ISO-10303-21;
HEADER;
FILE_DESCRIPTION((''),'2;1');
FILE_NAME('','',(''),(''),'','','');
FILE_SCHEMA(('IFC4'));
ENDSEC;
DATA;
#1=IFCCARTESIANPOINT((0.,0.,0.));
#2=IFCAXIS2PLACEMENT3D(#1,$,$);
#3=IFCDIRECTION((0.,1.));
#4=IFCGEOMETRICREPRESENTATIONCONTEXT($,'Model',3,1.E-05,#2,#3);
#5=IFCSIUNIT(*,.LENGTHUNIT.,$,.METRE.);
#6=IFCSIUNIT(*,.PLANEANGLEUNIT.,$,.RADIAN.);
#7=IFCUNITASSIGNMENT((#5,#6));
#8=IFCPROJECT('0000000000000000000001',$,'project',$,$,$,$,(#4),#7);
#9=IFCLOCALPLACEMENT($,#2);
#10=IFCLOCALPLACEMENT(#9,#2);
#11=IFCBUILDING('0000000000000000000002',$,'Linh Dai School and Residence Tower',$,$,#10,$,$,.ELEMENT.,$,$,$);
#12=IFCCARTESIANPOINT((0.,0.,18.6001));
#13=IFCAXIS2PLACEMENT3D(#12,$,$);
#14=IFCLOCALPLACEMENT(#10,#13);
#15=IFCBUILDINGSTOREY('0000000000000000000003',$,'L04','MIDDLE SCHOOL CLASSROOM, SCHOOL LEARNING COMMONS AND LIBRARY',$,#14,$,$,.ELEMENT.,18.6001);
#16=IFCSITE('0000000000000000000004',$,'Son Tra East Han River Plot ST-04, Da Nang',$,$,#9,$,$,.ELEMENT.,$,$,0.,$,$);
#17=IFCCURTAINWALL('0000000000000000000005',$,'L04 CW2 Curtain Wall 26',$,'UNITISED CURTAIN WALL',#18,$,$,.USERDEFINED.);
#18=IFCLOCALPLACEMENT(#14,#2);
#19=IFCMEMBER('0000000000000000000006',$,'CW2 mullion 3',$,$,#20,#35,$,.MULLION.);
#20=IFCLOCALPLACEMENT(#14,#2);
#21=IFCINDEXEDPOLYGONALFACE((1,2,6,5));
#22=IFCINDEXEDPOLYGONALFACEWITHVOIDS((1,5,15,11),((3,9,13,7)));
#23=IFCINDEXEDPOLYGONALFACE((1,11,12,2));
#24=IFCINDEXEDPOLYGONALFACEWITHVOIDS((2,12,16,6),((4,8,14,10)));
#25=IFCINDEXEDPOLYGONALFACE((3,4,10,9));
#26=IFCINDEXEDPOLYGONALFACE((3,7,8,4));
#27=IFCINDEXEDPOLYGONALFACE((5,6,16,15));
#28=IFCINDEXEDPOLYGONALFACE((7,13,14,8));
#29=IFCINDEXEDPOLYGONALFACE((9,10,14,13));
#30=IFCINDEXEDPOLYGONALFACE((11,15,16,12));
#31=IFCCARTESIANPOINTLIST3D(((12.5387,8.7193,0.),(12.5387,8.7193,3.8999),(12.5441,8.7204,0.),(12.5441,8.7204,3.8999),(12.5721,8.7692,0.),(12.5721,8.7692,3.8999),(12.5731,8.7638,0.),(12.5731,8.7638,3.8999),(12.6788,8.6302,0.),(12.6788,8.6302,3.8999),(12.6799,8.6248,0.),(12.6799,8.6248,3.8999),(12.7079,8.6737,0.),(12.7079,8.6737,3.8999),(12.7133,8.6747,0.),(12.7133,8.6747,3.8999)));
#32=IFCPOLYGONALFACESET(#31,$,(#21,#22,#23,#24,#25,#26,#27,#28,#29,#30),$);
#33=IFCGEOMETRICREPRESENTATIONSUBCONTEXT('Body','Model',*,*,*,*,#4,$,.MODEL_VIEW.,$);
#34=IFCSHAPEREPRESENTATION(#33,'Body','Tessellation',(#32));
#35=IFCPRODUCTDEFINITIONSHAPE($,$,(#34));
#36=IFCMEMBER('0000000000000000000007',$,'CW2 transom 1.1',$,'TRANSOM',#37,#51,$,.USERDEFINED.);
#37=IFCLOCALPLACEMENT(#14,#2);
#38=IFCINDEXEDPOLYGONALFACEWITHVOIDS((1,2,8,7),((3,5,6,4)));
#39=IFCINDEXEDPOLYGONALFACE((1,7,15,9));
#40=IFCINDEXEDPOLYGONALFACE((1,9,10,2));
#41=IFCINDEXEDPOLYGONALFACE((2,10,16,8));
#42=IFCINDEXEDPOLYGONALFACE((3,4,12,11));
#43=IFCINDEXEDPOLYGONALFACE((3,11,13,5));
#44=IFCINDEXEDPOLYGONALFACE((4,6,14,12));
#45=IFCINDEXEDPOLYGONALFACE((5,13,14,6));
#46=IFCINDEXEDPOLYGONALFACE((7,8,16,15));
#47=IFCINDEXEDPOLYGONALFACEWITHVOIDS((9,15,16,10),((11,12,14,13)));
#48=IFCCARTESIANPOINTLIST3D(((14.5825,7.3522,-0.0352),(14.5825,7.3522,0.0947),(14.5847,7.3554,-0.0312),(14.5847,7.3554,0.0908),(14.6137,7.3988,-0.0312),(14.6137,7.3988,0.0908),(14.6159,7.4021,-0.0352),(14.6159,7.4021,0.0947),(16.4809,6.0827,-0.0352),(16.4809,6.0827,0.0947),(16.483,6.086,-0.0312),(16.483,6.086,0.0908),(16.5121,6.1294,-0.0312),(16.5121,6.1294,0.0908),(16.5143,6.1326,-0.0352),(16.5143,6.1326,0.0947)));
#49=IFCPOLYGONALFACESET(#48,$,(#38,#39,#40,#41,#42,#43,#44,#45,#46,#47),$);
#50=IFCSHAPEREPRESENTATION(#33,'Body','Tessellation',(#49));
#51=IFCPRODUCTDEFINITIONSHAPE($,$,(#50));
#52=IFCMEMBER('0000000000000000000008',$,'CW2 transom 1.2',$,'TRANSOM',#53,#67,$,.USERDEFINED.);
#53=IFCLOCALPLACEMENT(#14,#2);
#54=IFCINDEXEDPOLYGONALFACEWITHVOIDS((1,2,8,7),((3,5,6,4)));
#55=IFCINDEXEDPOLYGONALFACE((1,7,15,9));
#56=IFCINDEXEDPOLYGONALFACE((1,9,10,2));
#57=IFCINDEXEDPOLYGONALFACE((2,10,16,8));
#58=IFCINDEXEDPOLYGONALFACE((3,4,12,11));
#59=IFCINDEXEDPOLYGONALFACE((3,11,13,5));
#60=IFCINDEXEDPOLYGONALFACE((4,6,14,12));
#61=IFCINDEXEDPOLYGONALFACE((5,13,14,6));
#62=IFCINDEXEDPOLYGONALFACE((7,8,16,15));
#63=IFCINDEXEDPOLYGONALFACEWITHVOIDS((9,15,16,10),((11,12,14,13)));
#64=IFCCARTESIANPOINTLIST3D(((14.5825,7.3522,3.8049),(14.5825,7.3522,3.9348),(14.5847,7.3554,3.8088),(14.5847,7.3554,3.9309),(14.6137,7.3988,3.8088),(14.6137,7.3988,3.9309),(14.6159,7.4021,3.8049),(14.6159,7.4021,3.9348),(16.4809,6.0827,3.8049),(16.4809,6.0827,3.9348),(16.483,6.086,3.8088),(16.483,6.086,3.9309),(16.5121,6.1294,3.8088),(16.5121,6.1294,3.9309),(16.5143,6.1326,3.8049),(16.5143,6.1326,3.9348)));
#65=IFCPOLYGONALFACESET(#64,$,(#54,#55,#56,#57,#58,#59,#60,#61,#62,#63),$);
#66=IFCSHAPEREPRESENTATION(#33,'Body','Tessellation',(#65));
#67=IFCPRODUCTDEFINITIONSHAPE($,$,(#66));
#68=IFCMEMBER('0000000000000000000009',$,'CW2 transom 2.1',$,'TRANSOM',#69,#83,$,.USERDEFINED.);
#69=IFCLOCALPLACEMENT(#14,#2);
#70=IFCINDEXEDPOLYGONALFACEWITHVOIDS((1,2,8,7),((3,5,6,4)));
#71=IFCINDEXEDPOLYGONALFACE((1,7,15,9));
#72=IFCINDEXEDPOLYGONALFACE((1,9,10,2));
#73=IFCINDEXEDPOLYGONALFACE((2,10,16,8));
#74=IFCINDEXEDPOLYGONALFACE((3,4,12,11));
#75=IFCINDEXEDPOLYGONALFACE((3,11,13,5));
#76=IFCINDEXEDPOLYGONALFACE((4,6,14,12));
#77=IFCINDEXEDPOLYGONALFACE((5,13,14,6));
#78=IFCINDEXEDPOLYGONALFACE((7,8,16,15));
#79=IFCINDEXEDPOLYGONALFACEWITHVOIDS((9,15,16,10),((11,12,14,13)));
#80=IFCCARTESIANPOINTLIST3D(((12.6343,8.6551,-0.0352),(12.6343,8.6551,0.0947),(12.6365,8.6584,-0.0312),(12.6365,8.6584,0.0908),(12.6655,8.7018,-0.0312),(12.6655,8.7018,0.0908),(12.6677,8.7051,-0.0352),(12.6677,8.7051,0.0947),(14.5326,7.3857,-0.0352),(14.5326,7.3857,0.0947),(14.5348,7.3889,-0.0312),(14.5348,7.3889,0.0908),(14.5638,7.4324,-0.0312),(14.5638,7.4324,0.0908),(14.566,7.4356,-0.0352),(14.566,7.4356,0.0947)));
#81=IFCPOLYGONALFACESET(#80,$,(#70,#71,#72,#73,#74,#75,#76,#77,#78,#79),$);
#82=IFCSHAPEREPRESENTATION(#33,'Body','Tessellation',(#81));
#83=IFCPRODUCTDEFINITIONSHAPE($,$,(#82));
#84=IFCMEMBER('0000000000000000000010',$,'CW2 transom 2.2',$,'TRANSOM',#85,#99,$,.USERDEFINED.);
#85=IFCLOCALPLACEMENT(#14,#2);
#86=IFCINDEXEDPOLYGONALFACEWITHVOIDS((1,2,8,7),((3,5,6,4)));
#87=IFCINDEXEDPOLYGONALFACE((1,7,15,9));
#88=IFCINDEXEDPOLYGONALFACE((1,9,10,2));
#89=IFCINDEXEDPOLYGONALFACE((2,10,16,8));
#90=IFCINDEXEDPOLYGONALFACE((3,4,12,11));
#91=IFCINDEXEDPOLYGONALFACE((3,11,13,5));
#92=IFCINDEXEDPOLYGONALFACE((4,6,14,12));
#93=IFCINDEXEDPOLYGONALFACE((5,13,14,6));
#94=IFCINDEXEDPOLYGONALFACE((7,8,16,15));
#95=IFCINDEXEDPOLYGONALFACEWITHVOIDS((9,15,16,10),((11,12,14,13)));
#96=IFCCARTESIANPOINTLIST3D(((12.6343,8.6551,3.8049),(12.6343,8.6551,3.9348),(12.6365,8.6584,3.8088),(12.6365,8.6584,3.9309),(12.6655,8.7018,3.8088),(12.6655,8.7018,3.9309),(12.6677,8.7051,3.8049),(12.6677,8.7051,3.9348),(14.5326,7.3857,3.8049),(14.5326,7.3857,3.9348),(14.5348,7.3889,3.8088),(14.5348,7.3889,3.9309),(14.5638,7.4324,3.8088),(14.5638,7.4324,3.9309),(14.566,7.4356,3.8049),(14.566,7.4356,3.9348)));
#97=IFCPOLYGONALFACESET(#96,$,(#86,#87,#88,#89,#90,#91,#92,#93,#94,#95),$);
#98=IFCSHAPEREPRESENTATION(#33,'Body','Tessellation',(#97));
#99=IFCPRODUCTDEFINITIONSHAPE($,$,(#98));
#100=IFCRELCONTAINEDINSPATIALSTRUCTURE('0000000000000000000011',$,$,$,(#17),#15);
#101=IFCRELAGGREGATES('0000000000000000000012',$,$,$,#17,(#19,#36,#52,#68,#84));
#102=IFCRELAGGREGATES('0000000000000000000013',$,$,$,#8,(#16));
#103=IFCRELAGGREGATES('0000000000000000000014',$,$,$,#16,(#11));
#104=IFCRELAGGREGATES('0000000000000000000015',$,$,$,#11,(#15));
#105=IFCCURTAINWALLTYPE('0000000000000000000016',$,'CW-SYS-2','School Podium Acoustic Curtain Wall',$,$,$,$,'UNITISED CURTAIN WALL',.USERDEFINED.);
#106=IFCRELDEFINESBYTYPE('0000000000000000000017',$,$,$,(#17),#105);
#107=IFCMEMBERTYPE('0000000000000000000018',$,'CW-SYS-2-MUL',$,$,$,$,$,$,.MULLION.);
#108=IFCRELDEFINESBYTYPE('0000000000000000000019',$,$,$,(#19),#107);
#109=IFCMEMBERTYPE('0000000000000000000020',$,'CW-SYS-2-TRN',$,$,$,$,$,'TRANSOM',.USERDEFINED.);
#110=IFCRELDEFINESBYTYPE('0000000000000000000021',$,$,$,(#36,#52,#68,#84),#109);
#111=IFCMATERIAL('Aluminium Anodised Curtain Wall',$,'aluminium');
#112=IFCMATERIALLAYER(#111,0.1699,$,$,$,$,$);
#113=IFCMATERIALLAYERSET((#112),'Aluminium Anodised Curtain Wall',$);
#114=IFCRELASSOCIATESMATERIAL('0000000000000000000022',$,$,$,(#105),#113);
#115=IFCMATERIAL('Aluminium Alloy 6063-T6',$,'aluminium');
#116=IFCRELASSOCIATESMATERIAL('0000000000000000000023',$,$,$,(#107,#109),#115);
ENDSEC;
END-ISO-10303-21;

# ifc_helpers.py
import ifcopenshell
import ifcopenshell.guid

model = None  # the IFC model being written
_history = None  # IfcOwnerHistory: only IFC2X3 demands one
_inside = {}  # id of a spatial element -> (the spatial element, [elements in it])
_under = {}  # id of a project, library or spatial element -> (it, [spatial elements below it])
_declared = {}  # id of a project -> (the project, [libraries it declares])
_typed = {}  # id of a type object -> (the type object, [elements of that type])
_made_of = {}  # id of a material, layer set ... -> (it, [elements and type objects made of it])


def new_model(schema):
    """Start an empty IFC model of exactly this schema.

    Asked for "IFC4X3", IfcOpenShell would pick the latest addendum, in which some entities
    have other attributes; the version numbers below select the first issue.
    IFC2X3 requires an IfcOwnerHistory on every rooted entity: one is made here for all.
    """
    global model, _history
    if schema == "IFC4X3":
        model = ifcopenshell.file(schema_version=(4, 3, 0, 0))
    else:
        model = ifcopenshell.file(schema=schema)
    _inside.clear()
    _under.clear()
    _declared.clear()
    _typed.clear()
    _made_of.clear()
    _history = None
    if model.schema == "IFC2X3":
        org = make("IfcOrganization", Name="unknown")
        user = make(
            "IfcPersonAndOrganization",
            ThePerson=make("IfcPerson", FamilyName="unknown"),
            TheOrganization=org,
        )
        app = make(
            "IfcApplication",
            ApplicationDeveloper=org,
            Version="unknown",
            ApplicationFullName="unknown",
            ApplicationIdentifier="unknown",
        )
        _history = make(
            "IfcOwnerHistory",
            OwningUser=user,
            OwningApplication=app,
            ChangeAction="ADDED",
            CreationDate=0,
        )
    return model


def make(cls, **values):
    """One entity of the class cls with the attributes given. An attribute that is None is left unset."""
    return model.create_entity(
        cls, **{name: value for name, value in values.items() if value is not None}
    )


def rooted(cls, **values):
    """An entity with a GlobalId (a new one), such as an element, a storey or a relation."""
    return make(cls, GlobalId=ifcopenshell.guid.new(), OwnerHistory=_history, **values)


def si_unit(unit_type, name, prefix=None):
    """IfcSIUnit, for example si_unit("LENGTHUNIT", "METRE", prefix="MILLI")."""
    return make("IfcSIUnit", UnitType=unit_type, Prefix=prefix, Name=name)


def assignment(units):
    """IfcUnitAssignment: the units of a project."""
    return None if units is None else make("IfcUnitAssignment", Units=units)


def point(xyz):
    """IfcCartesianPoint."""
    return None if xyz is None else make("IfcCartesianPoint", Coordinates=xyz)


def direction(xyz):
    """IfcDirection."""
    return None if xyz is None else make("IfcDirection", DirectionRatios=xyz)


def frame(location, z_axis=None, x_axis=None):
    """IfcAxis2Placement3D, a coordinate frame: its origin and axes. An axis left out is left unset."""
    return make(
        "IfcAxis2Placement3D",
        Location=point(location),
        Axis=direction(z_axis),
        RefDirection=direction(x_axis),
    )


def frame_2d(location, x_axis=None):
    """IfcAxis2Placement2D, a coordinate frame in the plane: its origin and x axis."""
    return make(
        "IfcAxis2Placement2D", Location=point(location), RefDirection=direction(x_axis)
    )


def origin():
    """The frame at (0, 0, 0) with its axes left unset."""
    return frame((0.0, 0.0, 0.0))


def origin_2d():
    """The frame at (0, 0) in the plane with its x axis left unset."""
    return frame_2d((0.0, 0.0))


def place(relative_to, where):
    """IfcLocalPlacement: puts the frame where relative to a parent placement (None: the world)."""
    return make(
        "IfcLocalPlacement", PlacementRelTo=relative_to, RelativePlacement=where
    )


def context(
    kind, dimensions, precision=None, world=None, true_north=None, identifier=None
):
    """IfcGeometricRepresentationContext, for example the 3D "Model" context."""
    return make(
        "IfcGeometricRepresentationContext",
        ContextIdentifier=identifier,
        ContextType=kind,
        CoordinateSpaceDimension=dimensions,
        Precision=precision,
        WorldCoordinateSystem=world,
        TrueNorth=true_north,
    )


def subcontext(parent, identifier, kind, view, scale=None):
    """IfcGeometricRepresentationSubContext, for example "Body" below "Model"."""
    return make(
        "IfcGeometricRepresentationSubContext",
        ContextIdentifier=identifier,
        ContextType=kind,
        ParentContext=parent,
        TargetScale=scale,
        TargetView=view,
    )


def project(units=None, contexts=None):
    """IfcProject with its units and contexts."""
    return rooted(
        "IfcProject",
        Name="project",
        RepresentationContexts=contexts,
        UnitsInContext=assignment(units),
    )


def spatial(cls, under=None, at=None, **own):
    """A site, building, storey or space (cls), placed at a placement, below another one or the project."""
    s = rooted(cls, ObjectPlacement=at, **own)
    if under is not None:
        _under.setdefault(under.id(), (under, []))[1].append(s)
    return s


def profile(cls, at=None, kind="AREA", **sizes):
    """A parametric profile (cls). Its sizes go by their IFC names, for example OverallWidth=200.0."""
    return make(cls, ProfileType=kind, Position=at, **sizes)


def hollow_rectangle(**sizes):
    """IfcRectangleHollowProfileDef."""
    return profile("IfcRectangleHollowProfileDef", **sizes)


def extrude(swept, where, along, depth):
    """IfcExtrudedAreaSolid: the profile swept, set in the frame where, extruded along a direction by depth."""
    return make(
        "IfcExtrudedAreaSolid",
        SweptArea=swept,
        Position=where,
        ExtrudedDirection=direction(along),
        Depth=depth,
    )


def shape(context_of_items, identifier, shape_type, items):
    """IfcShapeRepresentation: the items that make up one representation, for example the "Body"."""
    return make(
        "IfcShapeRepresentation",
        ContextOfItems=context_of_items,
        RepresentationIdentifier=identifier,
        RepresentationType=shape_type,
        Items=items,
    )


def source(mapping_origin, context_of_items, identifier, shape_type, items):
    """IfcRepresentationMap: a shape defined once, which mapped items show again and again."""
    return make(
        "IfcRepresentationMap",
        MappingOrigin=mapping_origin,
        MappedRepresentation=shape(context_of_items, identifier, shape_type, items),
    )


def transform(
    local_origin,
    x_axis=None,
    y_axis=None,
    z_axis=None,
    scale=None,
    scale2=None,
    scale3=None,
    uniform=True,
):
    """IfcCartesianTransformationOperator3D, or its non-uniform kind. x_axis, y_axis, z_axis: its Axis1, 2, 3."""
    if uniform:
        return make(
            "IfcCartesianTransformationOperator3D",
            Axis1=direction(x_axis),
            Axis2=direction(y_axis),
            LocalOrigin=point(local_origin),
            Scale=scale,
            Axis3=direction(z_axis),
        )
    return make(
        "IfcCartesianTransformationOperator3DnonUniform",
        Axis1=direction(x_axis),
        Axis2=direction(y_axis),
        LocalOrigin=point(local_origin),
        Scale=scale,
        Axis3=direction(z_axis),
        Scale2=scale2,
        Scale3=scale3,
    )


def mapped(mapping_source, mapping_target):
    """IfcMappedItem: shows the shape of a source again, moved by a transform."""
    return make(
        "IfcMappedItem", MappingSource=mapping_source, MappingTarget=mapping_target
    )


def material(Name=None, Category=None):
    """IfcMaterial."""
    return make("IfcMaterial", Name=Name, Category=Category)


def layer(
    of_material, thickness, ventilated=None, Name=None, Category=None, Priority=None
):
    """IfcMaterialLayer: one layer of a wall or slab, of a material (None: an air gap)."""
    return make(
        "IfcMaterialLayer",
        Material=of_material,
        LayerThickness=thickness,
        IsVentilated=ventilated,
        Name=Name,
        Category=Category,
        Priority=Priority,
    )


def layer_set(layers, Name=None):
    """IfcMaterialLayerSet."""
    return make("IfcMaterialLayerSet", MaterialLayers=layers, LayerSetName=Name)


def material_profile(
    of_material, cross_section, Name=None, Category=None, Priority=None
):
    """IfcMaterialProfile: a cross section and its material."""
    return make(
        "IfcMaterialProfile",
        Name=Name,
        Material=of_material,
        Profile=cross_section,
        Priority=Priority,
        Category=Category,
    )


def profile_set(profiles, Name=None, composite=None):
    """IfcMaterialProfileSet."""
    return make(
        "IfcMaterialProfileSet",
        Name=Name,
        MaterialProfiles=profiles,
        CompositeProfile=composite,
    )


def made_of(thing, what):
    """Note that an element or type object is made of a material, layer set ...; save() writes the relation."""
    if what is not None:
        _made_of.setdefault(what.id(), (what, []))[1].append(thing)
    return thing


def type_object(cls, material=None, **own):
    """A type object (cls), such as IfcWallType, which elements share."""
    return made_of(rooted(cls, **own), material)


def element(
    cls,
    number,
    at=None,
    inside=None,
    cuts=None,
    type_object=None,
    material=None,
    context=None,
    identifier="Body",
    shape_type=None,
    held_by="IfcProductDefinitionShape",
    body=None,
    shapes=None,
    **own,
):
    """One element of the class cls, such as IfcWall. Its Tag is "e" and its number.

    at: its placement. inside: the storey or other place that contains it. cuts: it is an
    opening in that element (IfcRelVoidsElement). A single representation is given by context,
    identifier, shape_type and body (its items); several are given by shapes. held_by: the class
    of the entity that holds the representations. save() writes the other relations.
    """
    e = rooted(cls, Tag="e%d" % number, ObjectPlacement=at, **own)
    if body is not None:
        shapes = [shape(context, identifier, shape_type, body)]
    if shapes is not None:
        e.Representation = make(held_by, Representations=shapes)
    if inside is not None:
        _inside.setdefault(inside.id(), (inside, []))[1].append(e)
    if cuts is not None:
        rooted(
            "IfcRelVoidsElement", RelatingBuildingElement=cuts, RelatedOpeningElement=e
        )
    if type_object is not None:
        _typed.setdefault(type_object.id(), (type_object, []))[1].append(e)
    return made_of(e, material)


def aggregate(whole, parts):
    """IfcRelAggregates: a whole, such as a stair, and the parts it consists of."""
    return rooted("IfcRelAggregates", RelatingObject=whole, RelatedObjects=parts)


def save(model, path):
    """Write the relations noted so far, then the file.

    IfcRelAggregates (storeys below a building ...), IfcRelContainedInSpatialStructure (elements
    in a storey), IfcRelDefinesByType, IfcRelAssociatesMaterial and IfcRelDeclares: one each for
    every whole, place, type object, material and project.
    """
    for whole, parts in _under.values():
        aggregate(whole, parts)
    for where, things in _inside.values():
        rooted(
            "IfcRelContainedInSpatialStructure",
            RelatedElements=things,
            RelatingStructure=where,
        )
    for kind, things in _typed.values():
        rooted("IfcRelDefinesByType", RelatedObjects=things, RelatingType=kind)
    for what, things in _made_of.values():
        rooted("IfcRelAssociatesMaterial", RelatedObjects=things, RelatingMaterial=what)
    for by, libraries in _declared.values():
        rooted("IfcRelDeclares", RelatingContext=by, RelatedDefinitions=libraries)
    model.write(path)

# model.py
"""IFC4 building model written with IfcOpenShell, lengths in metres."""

from ifc_helpers import new_model, si_unit, direction, frame, origin, origin_2d, place, context, subcontext, project, spatial, hollow_rectangle, extrude, source, transform, mapped, material, layer, layer_set, material_profile, profile_set, type_object, element, aggregate, save


model = new_model("IFC4")

# Units and contexts
model_context = context("Model", 3, precision=1e-05, world=origin(), true_north=direction((0.0, 1.0)))
body_context = subcontext(model_context, "Body", "Model", "MODEL_VIEW")
ifc_project = project(units=[si_unit("LENGTHUNIT", "METRE"), si_unit("PLANEANGLEUNIT", "RADIAN")], contexts=[model_context])

# Site, building, storey
site_placement = place(None, origin())
site = spatial("IfcSite", under=ifc_project, at=site_placement, Name="Son Tra East Han River Plot ST-04, Da Nang", CompositionType="ELEMENT", RefElevation=0.0)
building_placement = place(site_placement, origin())
building = spatial("IfcBuilding", under=site, at=building_placement, Name="Linh Dai School and Residence Tower", CompositionType="ELEMENT")
storey_placement = place(building_placement, frame((0.0, 0.0, 18.6001)))
storey = spatial("IfcBuildingStorey", under=building, at=storey_placement, Name="L04", Description="MIDDLE SCHOOL CLASSROOM, SCHOOL LEARNING COMMONS AND LIBRARY", CompositionType="ELEMENT", Elevation=18.6001)

# Curtain wall, members
ifc_material_1 = material(Name="Aluminium Anodised Curtain Wall", Category="aluminium")
ifc_layer_1 = layer(ifc_material_1, 0.1699)
ifc_layer_set_1 = layer_set([ifc_layer_1], Name="Aluminium Anodised Curtain Wall")
curtain_wall_type = type_object("IfcCurtainWallType", Name="CW-SYS-2", Description="School Podium Acoustic Curtain Wall", ElementType="UNITISED CURTAIN WALL", PredefinedType="USERDEFINED", material=ifc_layer_set_1)
curtain_wall_placement = place(storey_placement, origin())
curtain_wall = element("IfcCurtainWall", 1, at=curtain_wall_placement, inside=storey, type_object=curtain_wall_type, Name="L04 CW2 Curtain Wall 26", ObjectType="UNITISED CURTAIN WALL", PredefinedType="USERDEFINED")
ifc_material_2 = material(Name="Aluminium Alloy 6063-T6", Category="aluminium")
ifc_material_profile_1 = material_profile(ifc_material_2, hollow_rectangle(XDim=0.0601, YDim=0.1699, WallThickness=0.0039, at=origin_2d()), Name="RHS 170x60x4")
ifc_profile_set_1 = profile_set([ifc_material_profile_1], Name="Aluminium Alloy 6063-T6")
member_type_1 = type_object("IfcMemberType", Name="CW-SYS-2-MUL", PredefinedType="MULLION", material=ifc_profile_set_1)
shared_shape_1 = source(origin(), body_context, "Body", "SweptSolid", [
    extrude(hollow_rectangle(XDim=0.0601, YDim=0.1699, WallThickness=0.0039, at=origin_2d()), origin(), (0.0, 0.0, 1.0), 3.8999),
])
member_1_placement = place(storey_placement, frame((12.626, 8.697, 0.0), z_axis=(0.0, 0.0, 1.0), x_axis=(-0.555957, -0.831211, 0.0)))
member_1 = element("IfcMember", 2, at=member_1_placement, type_object=member_type_1, Name="CW2 mullion 3", PredefinedType="MULLION", context=body_context, shape_type="MappedRepresentation", body=[
    mapped(shared_shape_1, transform((0.0, 0.0, 0.0), x_axis=(1.0, 0.0, 0.0), y_axis=(0.0, 1.0, 0.0), z_axis=(0.0, 0.0, 1.0), scale=1.0)),
])
ifc_material_profile_2 = material_profile(ifc_material_2, hollow_rectangle(XDim=0.0601, YDim=0.1299, WallThickness=0.0039, at=origin_2d()), Name="RHS 130x60x4")
ifc_profile_set_2 = profile_set([ifc_material_profile_2], Name="Aluminium Alloy 6063-T6")
member_type_2 = type_object("IfcMemberType", Name="CW-SYS-2-TRN", ElementType="TRANSOM", PredefinedType="USERDEFINED", material=ifc_profile_set_2)
shared_shape_2 = source(origin(), body_context, "Body", "SweptSolid", [
    extrude(hollow_rectangle(XDim=0.0601, YDim=0.1299, WallThickness=0.0039, at=origin_2d()), origin(), (0.0, 0.0, 1.0), 2.2837),
])
member_2_placement = place(storey_placement, frame((16.4976, 6.1077, 0.0298), z_axis=(-0.83126, 0.555884, 0.0), x_axis=(-0.555884, -0.83126, 0.0)))
member_2 = element("IfcMember", 3, at=member_2_placement, type_object=member_type_2, Name="CW2 transom 1.1", ObjectType="TRANSOM", PredefinedType="USERDEFINED", context=body_context, shape_type="MappedRepresentation", body=[
    mapped(shared_shape_2, transform((0.0, 0.0, 0.0), x_axis=(1.0, 0.0, 0.0), y_axis=(0.0, 1.0, 0.0), z_axis=(0.0, 0.0, 1.0), scale=1.0)),
])
member_3_placement = place(storey_placement, frame((16.4976, 6.1077, 3.8699), z_axis=(-0.83126, 0.555884, 0.0), x_axis=(-0.555884, -0.83126, 0.0)))
member_3 = element("IfcMember", 4, at=member_3_placement, type_object=member_type_2, Name="CW2 transom 1.2", ObjectType="TRANSOM", PredefinedType="USERDEFINED", context=body_context, shape_type="MappedRepresentation", body=[
    mapped(shared_shape_2, transform((0.0, 0.0, 0.0), x_axis=(1.0, 0.0, 0.0), y_axis=(0.0, 1.0, 0.0), z_axis=(0.0, 0.0, 1.0), scale=1.0)),
])
member_4_placement = place(storey_placement, frame((14.5493, 7.4106, 0.0298), z_axis=(-0.83126, 0.555884, 0.0), x_axis=(-0.555884, -0.83126, 0.0)))
member_4 = element("IfcMember", 5, at=member_4_placement, type_object=member_type_2, Name="CW2 transom 2.1", ObjectType="TRANSOM", PredefinedType="USERDEFINED", context=body_context, shape_type="MappedRepresentation", body=[
    mapped(shared_shape_2, transform((0.0, 0.0, 0.0), x_axis=(1.0, 0.0, 0.0), y_axis=(0.0, 1.0, 0.0), z_axis=(0.0, 0.0, 1.0), scale=1.0)),
])
member_5_placement = place(storey_placement, frame((14.5493, 7.4106, 3.8699), z_axis=(-0.83126, 0.555884, 0.0), x_axis=(-0.555884, -0.83126, 0.0)))
member_5 = element("IfcMember", 6, at=member_5_placement, type_object=member_type_2, Name="CW2 transom 2.2", ObjectType="TRANSOM", PredefinedType="USERDEFINED", context=body_context, shape_type="MappedRepresentation", body=[
    mapped(shared_shape_2, transform((0.0, 0.0, 0.0), x_axis=(1.0, 0.0, 0.0), y_axis=(0.0, 1.0, 0.0), z_axis=(0.0, 0.0, 1.0), scale=1.0)),
])

aggregate(curtain_wall, [member_1, member_2, member_3, member_4, member_5])

save(model, "model.ifc")
